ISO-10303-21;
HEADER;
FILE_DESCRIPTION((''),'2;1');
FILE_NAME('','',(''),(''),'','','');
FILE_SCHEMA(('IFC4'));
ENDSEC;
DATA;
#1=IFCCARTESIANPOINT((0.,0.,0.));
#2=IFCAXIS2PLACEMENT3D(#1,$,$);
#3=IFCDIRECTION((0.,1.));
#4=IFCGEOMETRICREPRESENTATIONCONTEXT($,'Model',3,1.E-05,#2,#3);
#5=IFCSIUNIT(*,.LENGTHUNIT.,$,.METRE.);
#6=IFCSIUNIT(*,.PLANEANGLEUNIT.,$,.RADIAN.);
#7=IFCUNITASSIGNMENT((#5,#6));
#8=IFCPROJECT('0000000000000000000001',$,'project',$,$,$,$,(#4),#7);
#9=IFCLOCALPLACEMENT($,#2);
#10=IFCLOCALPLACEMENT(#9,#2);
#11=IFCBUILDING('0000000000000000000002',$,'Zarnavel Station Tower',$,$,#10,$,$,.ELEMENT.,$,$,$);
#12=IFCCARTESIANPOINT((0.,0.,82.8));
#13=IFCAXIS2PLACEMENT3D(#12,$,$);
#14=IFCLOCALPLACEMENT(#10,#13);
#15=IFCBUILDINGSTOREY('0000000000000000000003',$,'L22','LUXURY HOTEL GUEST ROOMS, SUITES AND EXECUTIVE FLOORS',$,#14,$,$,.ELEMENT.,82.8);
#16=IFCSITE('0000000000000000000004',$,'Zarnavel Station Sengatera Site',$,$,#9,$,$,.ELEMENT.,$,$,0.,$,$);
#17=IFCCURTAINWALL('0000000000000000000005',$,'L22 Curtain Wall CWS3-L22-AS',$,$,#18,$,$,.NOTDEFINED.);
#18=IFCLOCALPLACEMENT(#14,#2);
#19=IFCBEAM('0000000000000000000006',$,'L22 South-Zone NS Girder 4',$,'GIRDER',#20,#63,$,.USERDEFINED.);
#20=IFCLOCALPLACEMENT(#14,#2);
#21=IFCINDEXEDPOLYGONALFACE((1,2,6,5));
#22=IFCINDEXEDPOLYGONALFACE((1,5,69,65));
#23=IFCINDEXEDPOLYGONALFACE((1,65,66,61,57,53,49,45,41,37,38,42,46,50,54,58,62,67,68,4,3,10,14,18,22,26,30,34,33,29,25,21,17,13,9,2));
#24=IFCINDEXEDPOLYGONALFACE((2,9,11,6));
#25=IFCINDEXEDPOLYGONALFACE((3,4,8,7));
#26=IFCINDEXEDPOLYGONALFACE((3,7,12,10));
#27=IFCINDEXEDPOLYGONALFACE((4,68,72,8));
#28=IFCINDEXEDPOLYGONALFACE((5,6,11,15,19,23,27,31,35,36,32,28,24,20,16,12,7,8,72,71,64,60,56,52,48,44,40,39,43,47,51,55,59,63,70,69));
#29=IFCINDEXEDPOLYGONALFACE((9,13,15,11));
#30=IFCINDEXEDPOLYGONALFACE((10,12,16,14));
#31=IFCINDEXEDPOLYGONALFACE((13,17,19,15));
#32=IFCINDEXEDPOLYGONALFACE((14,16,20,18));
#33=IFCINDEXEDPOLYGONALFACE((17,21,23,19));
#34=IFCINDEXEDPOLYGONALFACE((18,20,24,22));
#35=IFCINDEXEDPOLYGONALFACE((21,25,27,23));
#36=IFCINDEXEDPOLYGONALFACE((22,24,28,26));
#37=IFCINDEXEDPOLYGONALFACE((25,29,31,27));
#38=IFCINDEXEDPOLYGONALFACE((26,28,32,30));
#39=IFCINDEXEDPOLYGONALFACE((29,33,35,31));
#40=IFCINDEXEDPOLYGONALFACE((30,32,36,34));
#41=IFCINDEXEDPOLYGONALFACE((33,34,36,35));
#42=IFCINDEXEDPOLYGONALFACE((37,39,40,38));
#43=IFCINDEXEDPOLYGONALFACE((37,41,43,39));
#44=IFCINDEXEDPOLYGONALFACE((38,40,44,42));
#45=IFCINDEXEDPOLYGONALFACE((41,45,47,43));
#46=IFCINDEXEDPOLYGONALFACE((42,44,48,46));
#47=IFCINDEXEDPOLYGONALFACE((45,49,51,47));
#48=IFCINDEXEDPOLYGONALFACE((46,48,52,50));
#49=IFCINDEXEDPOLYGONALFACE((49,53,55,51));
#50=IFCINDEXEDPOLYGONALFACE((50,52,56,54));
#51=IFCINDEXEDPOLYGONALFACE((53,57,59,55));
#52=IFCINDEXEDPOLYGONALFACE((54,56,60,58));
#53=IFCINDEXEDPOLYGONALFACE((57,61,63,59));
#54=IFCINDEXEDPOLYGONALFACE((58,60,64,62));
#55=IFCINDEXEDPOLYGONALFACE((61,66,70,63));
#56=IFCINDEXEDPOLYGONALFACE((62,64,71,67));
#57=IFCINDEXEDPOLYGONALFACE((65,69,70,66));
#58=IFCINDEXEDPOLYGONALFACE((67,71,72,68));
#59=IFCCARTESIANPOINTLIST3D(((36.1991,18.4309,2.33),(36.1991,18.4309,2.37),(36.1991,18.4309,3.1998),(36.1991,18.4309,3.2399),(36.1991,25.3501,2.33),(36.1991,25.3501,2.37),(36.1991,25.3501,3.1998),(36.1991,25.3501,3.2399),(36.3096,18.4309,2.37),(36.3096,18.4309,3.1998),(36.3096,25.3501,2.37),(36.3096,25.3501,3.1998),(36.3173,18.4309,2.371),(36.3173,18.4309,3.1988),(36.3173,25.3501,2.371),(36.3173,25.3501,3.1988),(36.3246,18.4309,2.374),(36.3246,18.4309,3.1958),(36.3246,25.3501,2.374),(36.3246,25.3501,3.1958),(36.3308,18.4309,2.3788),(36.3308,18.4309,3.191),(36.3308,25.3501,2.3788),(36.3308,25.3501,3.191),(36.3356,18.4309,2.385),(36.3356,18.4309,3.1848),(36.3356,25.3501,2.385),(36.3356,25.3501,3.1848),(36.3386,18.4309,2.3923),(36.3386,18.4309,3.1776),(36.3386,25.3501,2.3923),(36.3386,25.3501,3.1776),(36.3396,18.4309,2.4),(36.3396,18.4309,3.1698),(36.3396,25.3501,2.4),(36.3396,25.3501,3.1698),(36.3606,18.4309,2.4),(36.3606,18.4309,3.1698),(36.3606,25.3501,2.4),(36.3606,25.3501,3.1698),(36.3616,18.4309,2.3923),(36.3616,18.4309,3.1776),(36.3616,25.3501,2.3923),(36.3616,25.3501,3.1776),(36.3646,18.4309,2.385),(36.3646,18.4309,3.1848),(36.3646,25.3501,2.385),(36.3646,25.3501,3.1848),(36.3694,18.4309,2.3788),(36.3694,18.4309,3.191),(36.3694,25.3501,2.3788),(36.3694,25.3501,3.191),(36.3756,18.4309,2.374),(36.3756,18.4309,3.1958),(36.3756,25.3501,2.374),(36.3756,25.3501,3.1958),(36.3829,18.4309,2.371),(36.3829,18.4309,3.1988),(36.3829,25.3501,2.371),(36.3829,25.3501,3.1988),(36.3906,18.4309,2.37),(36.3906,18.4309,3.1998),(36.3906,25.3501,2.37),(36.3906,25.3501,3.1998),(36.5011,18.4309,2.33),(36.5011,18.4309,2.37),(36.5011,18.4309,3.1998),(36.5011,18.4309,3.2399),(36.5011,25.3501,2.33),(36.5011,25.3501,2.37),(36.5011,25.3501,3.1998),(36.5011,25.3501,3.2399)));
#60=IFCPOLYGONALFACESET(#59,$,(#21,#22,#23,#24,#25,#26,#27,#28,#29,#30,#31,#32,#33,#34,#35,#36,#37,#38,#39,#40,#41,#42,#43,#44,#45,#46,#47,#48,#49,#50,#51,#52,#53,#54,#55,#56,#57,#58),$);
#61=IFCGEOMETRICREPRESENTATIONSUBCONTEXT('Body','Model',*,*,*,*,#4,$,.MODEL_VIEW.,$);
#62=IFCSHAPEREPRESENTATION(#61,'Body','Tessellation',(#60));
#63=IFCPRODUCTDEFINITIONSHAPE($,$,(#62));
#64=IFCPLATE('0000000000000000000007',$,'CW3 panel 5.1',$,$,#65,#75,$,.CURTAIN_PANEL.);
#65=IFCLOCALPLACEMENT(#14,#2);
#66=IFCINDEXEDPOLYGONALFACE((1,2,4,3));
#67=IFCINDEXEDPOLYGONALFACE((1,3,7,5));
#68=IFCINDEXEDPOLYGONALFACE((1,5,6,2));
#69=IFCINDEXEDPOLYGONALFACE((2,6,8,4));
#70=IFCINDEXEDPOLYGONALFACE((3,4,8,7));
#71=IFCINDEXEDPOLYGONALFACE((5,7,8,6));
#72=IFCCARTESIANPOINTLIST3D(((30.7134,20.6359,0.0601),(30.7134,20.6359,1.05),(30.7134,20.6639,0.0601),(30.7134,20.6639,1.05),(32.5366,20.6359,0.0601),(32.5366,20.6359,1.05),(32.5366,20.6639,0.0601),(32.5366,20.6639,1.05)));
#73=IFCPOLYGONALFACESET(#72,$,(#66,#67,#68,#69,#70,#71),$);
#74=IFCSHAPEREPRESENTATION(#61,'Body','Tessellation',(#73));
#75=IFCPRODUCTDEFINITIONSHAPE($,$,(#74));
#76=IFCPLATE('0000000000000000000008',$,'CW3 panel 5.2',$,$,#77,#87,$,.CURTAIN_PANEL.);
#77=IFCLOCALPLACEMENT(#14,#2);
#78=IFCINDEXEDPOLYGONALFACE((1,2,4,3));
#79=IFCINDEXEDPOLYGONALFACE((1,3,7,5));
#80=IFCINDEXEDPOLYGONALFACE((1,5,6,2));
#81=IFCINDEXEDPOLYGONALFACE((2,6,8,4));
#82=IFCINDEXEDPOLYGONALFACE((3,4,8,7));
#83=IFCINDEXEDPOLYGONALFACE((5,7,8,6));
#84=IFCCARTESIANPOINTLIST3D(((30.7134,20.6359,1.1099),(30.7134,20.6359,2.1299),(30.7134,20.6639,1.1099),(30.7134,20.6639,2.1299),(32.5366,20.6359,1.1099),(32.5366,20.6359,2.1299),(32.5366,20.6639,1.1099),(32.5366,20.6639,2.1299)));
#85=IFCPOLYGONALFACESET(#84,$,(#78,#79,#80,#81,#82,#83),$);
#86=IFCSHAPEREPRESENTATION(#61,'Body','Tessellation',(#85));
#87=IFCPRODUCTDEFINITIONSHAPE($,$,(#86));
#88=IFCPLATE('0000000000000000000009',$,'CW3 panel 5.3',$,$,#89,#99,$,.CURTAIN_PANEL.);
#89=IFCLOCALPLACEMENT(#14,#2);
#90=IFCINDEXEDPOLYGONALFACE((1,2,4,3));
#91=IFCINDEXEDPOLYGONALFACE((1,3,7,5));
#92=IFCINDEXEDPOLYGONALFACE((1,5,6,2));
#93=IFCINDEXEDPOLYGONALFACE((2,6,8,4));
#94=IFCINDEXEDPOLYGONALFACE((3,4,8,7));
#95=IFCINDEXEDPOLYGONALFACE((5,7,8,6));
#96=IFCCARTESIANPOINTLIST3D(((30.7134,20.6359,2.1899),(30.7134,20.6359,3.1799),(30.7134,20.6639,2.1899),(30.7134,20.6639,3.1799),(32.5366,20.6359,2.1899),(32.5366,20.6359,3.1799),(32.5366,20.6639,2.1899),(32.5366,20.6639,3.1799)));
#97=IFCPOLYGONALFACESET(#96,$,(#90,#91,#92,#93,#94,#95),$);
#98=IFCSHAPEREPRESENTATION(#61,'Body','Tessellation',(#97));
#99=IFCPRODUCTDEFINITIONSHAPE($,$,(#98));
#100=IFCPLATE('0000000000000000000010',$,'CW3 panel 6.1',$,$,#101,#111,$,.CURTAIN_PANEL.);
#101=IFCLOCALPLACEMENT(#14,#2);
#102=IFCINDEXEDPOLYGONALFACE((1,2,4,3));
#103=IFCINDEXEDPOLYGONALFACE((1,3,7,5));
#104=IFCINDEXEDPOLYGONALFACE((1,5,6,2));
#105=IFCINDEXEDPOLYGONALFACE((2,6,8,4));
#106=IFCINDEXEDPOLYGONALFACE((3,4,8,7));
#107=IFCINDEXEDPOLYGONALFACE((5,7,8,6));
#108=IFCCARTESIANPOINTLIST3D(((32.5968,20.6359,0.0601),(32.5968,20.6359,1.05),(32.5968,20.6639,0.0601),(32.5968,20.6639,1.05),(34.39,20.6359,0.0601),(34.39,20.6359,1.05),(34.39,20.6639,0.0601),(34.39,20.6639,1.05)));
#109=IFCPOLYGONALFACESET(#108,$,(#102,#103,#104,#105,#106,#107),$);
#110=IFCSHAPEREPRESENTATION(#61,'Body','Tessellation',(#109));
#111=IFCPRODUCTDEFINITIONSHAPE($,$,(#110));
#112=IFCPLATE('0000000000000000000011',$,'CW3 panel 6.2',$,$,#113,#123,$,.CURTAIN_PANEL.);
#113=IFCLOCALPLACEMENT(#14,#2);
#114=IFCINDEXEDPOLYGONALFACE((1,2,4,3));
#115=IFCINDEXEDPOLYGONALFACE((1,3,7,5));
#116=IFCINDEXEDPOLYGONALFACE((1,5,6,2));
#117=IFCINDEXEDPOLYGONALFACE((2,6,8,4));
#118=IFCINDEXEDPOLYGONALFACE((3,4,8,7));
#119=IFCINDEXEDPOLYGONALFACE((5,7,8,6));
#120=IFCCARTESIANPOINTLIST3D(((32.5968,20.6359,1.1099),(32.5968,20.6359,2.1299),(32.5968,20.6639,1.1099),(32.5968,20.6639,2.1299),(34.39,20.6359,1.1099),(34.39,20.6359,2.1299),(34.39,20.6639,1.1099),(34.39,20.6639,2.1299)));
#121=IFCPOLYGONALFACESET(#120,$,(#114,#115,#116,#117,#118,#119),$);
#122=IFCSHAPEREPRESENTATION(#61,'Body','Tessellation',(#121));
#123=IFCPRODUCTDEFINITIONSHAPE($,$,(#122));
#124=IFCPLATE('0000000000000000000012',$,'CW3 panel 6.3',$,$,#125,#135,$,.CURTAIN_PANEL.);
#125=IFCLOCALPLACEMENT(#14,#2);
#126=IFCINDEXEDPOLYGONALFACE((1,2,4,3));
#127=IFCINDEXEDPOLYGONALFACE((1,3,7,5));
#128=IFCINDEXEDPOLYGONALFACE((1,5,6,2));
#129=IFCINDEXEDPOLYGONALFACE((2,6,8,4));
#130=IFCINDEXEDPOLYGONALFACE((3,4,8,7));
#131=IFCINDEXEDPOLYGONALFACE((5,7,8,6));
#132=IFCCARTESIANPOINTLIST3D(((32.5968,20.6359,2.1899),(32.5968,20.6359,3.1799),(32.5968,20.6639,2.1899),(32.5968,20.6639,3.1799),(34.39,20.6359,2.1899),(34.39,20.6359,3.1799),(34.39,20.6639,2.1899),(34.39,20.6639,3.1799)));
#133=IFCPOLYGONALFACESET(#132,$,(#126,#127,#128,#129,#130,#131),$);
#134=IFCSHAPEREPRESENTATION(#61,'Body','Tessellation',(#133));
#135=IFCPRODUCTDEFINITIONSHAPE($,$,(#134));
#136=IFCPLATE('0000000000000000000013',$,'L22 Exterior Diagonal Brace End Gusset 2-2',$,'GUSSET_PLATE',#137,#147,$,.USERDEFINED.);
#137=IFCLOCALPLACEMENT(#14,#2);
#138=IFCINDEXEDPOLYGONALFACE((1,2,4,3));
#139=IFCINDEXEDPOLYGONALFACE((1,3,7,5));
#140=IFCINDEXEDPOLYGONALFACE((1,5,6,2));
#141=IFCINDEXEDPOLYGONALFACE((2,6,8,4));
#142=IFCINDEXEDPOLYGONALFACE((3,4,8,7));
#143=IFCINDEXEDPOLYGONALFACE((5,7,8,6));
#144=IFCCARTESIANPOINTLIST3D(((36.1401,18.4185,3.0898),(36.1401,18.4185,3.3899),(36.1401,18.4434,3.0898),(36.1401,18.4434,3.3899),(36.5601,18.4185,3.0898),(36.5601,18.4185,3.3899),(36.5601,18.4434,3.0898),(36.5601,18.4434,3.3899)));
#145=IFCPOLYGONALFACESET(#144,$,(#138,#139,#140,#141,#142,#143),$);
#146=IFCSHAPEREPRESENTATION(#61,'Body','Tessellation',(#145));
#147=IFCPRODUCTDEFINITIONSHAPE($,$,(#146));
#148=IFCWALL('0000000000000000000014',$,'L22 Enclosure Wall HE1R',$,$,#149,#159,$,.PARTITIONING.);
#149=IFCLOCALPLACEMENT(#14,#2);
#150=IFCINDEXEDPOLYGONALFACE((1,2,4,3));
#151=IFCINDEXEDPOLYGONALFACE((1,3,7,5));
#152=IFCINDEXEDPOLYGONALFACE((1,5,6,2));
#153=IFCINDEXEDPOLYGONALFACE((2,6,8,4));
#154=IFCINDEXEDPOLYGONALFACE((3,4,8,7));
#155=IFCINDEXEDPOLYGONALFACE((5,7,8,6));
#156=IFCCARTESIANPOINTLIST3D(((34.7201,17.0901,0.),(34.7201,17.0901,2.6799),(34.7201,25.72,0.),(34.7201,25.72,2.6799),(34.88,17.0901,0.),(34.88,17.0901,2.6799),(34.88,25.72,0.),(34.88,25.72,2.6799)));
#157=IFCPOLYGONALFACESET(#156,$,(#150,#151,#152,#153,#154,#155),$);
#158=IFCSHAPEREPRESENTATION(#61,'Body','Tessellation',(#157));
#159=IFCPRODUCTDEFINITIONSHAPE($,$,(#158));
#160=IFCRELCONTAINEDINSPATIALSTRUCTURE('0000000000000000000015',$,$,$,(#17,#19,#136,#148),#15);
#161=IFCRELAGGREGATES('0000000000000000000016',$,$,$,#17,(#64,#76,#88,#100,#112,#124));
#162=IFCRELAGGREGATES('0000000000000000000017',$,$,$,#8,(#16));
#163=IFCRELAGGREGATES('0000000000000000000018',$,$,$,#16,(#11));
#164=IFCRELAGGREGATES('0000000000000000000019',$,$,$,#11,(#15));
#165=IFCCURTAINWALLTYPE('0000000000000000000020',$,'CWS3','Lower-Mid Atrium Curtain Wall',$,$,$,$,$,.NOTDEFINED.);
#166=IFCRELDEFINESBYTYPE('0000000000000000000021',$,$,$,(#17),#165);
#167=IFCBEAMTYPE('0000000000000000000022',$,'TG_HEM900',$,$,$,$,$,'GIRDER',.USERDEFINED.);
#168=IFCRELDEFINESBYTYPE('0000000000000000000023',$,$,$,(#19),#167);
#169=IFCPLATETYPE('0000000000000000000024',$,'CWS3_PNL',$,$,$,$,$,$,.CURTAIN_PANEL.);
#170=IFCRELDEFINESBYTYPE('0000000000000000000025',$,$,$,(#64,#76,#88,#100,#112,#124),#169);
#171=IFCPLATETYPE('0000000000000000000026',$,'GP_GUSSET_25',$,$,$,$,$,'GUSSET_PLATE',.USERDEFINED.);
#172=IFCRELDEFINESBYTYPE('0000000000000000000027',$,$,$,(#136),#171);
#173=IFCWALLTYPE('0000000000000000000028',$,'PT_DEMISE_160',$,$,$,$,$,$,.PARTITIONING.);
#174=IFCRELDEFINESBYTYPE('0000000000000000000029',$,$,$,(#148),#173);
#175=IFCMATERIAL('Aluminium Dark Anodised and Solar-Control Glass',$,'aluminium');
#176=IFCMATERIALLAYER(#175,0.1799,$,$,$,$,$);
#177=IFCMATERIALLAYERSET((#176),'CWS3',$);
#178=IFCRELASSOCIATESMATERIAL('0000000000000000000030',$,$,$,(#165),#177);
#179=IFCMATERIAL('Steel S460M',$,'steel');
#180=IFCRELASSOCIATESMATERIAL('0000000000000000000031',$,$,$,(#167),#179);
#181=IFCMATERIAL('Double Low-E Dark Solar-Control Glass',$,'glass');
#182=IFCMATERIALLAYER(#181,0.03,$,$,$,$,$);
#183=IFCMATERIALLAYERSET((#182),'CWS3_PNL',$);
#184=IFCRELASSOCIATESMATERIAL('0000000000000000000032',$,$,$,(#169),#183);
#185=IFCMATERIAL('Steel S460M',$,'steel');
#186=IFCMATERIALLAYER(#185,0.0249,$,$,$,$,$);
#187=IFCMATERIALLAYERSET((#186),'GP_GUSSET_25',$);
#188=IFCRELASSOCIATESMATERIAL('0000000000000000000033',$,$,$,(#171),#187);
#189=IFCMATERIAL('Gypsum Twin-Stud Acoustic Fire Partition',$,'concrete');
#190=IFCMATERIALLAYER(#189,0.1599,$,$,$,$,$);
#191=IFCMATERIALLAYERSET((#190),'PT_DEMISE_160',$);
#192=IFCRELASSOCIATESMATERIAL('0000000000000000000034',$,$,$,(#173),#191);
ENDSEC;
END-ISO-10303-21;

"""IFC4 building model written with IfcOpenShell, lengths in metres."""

from ifc_helpers import new_model, si_unit, direction, frame, frame_2d, origin, origin_2d, place, context, subcontext, project, spatial, rectangle, i_section, extrude, material, layer, layer_set, material_profile, profile_set, type_object, element, aggregate, save


model = new_model("IFC4")

# Units and contexts
model_context = context("Model", 3, precision=1e-05, world=origin(), true_north=direction((0.0, 1.0)))
body_context = subcontext(model_context, "Body", "Model", "MODEL_VIEW")
ifc_project = project(units=[si_unit("LENGTHUNIT", "METRE"), si_unit("PLANEANGLEUNIT", "RADIAN")], contexts=[model_context])

# Site, building, storey
site_placement = place(None, origin())
site = spatial("IfcSite", under=ifc_project, at=site_placement, Name="Zarnavel Station Sengatera Site", CompositionType="ELEMENT", RefElevation=0.0)
building_placement = place(site_placement, origin())
building = spatial("IfcBuilding", under=site, at=building_placement, Name="Zarnavel Station Tower", CompositionType="ELEMENT")
storey_placement = place(building_placement, frame((0.0, 0.0, 82.8)))
storey = spatial("IfcBuildingStorey", under=building, at=storey_placement, Name="L22", Description="LUXURY HOTEL GUEST ROOMS, SUITES AND EXECUTIVE FLOORS", CompositionType="ELEMENT", Elevation=82.8)

# Curtain wall
ifc_material_1 = material(Name="Aluminium Dark Anodised and Solar-Control Glass", Category="aluminium")
ifc_layer_1 = layer(ifc_material_1, 0.1799)
ifc_layer_set_1 = layer_set([ifc_layer_1], Name="CWS3")
curtain_wall_type = type_object("IfcCurtainWallType", Name="CWS3", Description="Lower-Mid Atrium Curtain Wall", PredefinedType="NOTDEFINED", material=ifc_layer_set_1)
curtain_wall_placement = place(storey_placement, origin())
curtain_wall = element("IfcCurtainWall", 1, at=curtain_wall_placement, inside=storey, type_object=curtain_wall_type, Name="L22 Curtain Wall CWS3-L22-AS", PredefinedType="NOTDEFINED")

# Beam
ifc_material_2 = material(Name="Steel S460M", Category="steel")
ifc_material_profile_1 = material_profile(ifc_material_2, i_section(OverallWidth=0.302, OverallDepth=0.9099, WebThickness=0.021, FlangeThickness=0.04, FilletRadius=0.03, at=origin_2d()), Name="HEM900")
ifc_profile_set_1 = profile_set([ifc_material_profile_1], Name="Steel S460M")
beam_type_1 = type_object("IfcBeamType", Name="TG_HEM900", ElementType="GIRDER", PredefinedType="USERDEFINED", material=ifc_profile_set_1)
beam_1_placement = place(storey_placement, frame((36.3501, 18.4309, 2.7849), z_axis=(0.0, 1.0, 0.0), x_axis=(-1.0, 0.0, 0.0)))
element("IfcBeam", 2, at=beam_1_placement, inside=storey, type_object=beam_type_1, Name="L22 South-Zone NS Girder 4", ObjectType="GIRDER", PredefinedType="USERDEFINED", context=body_context, shape_type="SweptSolid", body=[
    extrude(i_section(OverallWidth=0.302, OverallDepth=0.9099, WebThickness=0.021, FlangeThickness=0.04, FilletRadius=0.03, at=origin_2d()), origin(), (0.0, 0.0, 1.0), 6.9192),
])

# Plates
ifc_material_3 = material(Name="Double Low-E Dark Solar-Control Glass", Category="glass")
ifc_layer_2 = layer(ifc_material_3, 0.03)
ifc_layer_set_2 = layer_set([ifc_layer_2], Name="CWS3_PNL")
plate_type_1 = type_object("IfcPlateType", Name="CWS3_PNL", PredefinedType="CURTAIN_PANEL", material=ifc_layer_set_2)
plate_1_placement = place(storey_placement, frame((31.625, 20.6499, 0.0601), z_axis=(0.0, 0.0, 1.0), x_axis=(1.0, 0.0, 0.0)))
plate_1 = element("IfcPlate", 3, at=plate_1_placement, type_object=plate_type_1, Name="CW3 panel 5.1", PredefinedType="CURTAIN_PANEL", context=body_context, shape_type="SweptSolid", body=[
    extrude(rectangle(XDim=1.8232, YDim=0.0281, at=origin_2d()), origin(), (0.0, 0.0, 1.0), 0.99),
])
plate_2_placement = place(storey_placement, frame((31.625, 20.6499, 1.1099), z_axis=(0.0, 0.0, 1.0), x_axis=(1.0, 0.0, 0.0)))
plate_2 = element("IfcPlate", 4, at=plate_2_placement, type_object=plate_type_1, Name="CW3 panel 5.2", PredefinedType="CURTAIN_PANEL", context=body_context, shape_type="SweptSolid", body=[
    extrude(rectangle(XDim=1.8232, YDim=0.0281, at=origin_2d()), origin(), (0.0, 0.0, 1.0), 1.02),
])
plate_3_placement = place(storey_placement, frame((31.625, 20.6499, 2.1899), z_axis=(0.0, 0.0, 1.0), x_axis=(1.0, 0.0, 0.0)))
plate_3 = element("IfcPlate", 5, at=plate_3_placement, type_object=plate_type_1, Name="CW3 panel 5.3", PredefinedType="CURTAIN_PANEL", context=body_context, shape_type="SweptSolid", body=[
    extrude(rectangle(XDim=1.8232, YDim=0.0281, at=origin_2d()), origin(), (0.0, 0.0, 1.0), 0.99),
])
plate_4_placement = place(storey_placement, frame((33.4934, 20.6499, 0.0601), z_axis=(0.0, 0.0, 1.0), x_axis=(1.0, 0.0, 0.0)))
plate_4 = element("IfcPlate", 6, at=plate_4_placement, type_object=plate_type_1, Name="CW3 panel 6.1", PredefinedType="CURTAIN_PANEL", context=body_context, shape_type="SweptSolid", body=[
    extrude(rectangle(XDim=1.7932, YDim=0.0281, at=origin_2d()), origin(), (0.0, 0.0, 1.0), 0.99),
])
plate_5_placement = place(storey_placement, frame((33.4934, 20.6499, 1.1099), z_axis=(0.0, 0.0, 1.0), x_axis=(1.0, 0.0, 0.0)))
plate_5 = element("IfcPlate", 7, at=plate_5_placement, type_object=plate_type_1, Name="CW3 panel 6.2", PredefinedType="CURTAIN_PANEL", context=body_context, shape_type="SweptSolid", body=[
    extrude(rectangle(XDim=1.7932, YDim=0.0281, at=origin_2d()), origin(), (0.0, 0.0, 1.0), 1.02),
])
plate_6_placement = place(storey_placement, frame((33.4934, 20.6499, 2.1899), z_axis=(0.0, 0.0, 1.0), x_axis=(1.0, 0.0, 0.0)))
plate_6 = element("IfcPlate", 8, at=plate_6_placement, type_object=plate_type_1, Name="CW3 panel 6.3", PredefinedType="CURTAIN_PANEL", context=body_context, shape_type="SweptSolid", body=[
    extrude(rectangle(XDim=1.7932, YDim=0.0281, at=origin_2d()), origin(), (0.0, 0.0, 1.0), 0.99),
])
aggregate(curtain_wall, [plate_1, plate_2, plate_3, plate_4, plate_5, plate_6])
ifc_material_4 = material(Name="Steel S460M", Category="steel")
ifc_layer_3 = layer(ifc_material_4, 0.0249)
ifc_layer_set_3 = layer_set([ifc_layer_3], Name="GP_GUSSET_25")
plate_type_2 = type_object("IfcPlateType", Name="GP_GUSSET_25", ElementType="GUSSET_PLATE", PredefinedType="USERDEFINED", material=ifc_layer_set_3)
plate_7_placement = place(storey_placement, frame((36.3501, 18.4309, 3.0898), z_axis=(0.0, 0.0, 1.0), x_axis=(1.0, 0.0, 0.0)))
element("IfcPlate", 9, at=plate_7_placement, inside=storey, type_object=plate_type_2, Name="L22 Exterior Diagonal Brace End Gusset 2-2", ObjectType="GUSSET_PLATE", PredefinedType="USERDEFINED", context=body_context, shape_type="SweptSolid", body=[
    extrude(rectangle(XDim=0.4199, YDim=0.0249, at=origin_2d()), origin(), (0.0, 0.0, 1.0), 0.3),
])

# Wall
ifc_material_5 = material(Name="Gypsum Twin-Stud Acoustic Fire Partition", Category="concrete")
ifc_layer_4 = layer(ifc_material_5, 0.1599)
ifc_layer_set_4 = layer_set([ifc_layer_4], Name="PT_DEMISE_160")
wall_type = type_object("IfcWallType", Name="PT_DEMISE_160", PredefinedType="PARTITIONING", material=ifc_layer_set_4)
wall_placement = place(storey_placement, frame((34.8, 17.0901, 0.0), z_axis=(0.0, 0.0, 1.0), x_axis=(0.0, 1.0, 0.0)))
element("IfcWall", 10, at=wall_placement, inside=storey, type_object=wall_type, Name="L22 Enclosure Wall HE1R", PredefinedType="PARTITIONING", context=body_context, shape_type="SweptSolid", body=[
    extrude(rectangle(XDim=8.6299, YDim=0.1599, at=frame_2d((4.3149, 0.0))), origin(), (0.0, 0.0, 1.0), 2.6799),
])

save(model, "model.ifc")
